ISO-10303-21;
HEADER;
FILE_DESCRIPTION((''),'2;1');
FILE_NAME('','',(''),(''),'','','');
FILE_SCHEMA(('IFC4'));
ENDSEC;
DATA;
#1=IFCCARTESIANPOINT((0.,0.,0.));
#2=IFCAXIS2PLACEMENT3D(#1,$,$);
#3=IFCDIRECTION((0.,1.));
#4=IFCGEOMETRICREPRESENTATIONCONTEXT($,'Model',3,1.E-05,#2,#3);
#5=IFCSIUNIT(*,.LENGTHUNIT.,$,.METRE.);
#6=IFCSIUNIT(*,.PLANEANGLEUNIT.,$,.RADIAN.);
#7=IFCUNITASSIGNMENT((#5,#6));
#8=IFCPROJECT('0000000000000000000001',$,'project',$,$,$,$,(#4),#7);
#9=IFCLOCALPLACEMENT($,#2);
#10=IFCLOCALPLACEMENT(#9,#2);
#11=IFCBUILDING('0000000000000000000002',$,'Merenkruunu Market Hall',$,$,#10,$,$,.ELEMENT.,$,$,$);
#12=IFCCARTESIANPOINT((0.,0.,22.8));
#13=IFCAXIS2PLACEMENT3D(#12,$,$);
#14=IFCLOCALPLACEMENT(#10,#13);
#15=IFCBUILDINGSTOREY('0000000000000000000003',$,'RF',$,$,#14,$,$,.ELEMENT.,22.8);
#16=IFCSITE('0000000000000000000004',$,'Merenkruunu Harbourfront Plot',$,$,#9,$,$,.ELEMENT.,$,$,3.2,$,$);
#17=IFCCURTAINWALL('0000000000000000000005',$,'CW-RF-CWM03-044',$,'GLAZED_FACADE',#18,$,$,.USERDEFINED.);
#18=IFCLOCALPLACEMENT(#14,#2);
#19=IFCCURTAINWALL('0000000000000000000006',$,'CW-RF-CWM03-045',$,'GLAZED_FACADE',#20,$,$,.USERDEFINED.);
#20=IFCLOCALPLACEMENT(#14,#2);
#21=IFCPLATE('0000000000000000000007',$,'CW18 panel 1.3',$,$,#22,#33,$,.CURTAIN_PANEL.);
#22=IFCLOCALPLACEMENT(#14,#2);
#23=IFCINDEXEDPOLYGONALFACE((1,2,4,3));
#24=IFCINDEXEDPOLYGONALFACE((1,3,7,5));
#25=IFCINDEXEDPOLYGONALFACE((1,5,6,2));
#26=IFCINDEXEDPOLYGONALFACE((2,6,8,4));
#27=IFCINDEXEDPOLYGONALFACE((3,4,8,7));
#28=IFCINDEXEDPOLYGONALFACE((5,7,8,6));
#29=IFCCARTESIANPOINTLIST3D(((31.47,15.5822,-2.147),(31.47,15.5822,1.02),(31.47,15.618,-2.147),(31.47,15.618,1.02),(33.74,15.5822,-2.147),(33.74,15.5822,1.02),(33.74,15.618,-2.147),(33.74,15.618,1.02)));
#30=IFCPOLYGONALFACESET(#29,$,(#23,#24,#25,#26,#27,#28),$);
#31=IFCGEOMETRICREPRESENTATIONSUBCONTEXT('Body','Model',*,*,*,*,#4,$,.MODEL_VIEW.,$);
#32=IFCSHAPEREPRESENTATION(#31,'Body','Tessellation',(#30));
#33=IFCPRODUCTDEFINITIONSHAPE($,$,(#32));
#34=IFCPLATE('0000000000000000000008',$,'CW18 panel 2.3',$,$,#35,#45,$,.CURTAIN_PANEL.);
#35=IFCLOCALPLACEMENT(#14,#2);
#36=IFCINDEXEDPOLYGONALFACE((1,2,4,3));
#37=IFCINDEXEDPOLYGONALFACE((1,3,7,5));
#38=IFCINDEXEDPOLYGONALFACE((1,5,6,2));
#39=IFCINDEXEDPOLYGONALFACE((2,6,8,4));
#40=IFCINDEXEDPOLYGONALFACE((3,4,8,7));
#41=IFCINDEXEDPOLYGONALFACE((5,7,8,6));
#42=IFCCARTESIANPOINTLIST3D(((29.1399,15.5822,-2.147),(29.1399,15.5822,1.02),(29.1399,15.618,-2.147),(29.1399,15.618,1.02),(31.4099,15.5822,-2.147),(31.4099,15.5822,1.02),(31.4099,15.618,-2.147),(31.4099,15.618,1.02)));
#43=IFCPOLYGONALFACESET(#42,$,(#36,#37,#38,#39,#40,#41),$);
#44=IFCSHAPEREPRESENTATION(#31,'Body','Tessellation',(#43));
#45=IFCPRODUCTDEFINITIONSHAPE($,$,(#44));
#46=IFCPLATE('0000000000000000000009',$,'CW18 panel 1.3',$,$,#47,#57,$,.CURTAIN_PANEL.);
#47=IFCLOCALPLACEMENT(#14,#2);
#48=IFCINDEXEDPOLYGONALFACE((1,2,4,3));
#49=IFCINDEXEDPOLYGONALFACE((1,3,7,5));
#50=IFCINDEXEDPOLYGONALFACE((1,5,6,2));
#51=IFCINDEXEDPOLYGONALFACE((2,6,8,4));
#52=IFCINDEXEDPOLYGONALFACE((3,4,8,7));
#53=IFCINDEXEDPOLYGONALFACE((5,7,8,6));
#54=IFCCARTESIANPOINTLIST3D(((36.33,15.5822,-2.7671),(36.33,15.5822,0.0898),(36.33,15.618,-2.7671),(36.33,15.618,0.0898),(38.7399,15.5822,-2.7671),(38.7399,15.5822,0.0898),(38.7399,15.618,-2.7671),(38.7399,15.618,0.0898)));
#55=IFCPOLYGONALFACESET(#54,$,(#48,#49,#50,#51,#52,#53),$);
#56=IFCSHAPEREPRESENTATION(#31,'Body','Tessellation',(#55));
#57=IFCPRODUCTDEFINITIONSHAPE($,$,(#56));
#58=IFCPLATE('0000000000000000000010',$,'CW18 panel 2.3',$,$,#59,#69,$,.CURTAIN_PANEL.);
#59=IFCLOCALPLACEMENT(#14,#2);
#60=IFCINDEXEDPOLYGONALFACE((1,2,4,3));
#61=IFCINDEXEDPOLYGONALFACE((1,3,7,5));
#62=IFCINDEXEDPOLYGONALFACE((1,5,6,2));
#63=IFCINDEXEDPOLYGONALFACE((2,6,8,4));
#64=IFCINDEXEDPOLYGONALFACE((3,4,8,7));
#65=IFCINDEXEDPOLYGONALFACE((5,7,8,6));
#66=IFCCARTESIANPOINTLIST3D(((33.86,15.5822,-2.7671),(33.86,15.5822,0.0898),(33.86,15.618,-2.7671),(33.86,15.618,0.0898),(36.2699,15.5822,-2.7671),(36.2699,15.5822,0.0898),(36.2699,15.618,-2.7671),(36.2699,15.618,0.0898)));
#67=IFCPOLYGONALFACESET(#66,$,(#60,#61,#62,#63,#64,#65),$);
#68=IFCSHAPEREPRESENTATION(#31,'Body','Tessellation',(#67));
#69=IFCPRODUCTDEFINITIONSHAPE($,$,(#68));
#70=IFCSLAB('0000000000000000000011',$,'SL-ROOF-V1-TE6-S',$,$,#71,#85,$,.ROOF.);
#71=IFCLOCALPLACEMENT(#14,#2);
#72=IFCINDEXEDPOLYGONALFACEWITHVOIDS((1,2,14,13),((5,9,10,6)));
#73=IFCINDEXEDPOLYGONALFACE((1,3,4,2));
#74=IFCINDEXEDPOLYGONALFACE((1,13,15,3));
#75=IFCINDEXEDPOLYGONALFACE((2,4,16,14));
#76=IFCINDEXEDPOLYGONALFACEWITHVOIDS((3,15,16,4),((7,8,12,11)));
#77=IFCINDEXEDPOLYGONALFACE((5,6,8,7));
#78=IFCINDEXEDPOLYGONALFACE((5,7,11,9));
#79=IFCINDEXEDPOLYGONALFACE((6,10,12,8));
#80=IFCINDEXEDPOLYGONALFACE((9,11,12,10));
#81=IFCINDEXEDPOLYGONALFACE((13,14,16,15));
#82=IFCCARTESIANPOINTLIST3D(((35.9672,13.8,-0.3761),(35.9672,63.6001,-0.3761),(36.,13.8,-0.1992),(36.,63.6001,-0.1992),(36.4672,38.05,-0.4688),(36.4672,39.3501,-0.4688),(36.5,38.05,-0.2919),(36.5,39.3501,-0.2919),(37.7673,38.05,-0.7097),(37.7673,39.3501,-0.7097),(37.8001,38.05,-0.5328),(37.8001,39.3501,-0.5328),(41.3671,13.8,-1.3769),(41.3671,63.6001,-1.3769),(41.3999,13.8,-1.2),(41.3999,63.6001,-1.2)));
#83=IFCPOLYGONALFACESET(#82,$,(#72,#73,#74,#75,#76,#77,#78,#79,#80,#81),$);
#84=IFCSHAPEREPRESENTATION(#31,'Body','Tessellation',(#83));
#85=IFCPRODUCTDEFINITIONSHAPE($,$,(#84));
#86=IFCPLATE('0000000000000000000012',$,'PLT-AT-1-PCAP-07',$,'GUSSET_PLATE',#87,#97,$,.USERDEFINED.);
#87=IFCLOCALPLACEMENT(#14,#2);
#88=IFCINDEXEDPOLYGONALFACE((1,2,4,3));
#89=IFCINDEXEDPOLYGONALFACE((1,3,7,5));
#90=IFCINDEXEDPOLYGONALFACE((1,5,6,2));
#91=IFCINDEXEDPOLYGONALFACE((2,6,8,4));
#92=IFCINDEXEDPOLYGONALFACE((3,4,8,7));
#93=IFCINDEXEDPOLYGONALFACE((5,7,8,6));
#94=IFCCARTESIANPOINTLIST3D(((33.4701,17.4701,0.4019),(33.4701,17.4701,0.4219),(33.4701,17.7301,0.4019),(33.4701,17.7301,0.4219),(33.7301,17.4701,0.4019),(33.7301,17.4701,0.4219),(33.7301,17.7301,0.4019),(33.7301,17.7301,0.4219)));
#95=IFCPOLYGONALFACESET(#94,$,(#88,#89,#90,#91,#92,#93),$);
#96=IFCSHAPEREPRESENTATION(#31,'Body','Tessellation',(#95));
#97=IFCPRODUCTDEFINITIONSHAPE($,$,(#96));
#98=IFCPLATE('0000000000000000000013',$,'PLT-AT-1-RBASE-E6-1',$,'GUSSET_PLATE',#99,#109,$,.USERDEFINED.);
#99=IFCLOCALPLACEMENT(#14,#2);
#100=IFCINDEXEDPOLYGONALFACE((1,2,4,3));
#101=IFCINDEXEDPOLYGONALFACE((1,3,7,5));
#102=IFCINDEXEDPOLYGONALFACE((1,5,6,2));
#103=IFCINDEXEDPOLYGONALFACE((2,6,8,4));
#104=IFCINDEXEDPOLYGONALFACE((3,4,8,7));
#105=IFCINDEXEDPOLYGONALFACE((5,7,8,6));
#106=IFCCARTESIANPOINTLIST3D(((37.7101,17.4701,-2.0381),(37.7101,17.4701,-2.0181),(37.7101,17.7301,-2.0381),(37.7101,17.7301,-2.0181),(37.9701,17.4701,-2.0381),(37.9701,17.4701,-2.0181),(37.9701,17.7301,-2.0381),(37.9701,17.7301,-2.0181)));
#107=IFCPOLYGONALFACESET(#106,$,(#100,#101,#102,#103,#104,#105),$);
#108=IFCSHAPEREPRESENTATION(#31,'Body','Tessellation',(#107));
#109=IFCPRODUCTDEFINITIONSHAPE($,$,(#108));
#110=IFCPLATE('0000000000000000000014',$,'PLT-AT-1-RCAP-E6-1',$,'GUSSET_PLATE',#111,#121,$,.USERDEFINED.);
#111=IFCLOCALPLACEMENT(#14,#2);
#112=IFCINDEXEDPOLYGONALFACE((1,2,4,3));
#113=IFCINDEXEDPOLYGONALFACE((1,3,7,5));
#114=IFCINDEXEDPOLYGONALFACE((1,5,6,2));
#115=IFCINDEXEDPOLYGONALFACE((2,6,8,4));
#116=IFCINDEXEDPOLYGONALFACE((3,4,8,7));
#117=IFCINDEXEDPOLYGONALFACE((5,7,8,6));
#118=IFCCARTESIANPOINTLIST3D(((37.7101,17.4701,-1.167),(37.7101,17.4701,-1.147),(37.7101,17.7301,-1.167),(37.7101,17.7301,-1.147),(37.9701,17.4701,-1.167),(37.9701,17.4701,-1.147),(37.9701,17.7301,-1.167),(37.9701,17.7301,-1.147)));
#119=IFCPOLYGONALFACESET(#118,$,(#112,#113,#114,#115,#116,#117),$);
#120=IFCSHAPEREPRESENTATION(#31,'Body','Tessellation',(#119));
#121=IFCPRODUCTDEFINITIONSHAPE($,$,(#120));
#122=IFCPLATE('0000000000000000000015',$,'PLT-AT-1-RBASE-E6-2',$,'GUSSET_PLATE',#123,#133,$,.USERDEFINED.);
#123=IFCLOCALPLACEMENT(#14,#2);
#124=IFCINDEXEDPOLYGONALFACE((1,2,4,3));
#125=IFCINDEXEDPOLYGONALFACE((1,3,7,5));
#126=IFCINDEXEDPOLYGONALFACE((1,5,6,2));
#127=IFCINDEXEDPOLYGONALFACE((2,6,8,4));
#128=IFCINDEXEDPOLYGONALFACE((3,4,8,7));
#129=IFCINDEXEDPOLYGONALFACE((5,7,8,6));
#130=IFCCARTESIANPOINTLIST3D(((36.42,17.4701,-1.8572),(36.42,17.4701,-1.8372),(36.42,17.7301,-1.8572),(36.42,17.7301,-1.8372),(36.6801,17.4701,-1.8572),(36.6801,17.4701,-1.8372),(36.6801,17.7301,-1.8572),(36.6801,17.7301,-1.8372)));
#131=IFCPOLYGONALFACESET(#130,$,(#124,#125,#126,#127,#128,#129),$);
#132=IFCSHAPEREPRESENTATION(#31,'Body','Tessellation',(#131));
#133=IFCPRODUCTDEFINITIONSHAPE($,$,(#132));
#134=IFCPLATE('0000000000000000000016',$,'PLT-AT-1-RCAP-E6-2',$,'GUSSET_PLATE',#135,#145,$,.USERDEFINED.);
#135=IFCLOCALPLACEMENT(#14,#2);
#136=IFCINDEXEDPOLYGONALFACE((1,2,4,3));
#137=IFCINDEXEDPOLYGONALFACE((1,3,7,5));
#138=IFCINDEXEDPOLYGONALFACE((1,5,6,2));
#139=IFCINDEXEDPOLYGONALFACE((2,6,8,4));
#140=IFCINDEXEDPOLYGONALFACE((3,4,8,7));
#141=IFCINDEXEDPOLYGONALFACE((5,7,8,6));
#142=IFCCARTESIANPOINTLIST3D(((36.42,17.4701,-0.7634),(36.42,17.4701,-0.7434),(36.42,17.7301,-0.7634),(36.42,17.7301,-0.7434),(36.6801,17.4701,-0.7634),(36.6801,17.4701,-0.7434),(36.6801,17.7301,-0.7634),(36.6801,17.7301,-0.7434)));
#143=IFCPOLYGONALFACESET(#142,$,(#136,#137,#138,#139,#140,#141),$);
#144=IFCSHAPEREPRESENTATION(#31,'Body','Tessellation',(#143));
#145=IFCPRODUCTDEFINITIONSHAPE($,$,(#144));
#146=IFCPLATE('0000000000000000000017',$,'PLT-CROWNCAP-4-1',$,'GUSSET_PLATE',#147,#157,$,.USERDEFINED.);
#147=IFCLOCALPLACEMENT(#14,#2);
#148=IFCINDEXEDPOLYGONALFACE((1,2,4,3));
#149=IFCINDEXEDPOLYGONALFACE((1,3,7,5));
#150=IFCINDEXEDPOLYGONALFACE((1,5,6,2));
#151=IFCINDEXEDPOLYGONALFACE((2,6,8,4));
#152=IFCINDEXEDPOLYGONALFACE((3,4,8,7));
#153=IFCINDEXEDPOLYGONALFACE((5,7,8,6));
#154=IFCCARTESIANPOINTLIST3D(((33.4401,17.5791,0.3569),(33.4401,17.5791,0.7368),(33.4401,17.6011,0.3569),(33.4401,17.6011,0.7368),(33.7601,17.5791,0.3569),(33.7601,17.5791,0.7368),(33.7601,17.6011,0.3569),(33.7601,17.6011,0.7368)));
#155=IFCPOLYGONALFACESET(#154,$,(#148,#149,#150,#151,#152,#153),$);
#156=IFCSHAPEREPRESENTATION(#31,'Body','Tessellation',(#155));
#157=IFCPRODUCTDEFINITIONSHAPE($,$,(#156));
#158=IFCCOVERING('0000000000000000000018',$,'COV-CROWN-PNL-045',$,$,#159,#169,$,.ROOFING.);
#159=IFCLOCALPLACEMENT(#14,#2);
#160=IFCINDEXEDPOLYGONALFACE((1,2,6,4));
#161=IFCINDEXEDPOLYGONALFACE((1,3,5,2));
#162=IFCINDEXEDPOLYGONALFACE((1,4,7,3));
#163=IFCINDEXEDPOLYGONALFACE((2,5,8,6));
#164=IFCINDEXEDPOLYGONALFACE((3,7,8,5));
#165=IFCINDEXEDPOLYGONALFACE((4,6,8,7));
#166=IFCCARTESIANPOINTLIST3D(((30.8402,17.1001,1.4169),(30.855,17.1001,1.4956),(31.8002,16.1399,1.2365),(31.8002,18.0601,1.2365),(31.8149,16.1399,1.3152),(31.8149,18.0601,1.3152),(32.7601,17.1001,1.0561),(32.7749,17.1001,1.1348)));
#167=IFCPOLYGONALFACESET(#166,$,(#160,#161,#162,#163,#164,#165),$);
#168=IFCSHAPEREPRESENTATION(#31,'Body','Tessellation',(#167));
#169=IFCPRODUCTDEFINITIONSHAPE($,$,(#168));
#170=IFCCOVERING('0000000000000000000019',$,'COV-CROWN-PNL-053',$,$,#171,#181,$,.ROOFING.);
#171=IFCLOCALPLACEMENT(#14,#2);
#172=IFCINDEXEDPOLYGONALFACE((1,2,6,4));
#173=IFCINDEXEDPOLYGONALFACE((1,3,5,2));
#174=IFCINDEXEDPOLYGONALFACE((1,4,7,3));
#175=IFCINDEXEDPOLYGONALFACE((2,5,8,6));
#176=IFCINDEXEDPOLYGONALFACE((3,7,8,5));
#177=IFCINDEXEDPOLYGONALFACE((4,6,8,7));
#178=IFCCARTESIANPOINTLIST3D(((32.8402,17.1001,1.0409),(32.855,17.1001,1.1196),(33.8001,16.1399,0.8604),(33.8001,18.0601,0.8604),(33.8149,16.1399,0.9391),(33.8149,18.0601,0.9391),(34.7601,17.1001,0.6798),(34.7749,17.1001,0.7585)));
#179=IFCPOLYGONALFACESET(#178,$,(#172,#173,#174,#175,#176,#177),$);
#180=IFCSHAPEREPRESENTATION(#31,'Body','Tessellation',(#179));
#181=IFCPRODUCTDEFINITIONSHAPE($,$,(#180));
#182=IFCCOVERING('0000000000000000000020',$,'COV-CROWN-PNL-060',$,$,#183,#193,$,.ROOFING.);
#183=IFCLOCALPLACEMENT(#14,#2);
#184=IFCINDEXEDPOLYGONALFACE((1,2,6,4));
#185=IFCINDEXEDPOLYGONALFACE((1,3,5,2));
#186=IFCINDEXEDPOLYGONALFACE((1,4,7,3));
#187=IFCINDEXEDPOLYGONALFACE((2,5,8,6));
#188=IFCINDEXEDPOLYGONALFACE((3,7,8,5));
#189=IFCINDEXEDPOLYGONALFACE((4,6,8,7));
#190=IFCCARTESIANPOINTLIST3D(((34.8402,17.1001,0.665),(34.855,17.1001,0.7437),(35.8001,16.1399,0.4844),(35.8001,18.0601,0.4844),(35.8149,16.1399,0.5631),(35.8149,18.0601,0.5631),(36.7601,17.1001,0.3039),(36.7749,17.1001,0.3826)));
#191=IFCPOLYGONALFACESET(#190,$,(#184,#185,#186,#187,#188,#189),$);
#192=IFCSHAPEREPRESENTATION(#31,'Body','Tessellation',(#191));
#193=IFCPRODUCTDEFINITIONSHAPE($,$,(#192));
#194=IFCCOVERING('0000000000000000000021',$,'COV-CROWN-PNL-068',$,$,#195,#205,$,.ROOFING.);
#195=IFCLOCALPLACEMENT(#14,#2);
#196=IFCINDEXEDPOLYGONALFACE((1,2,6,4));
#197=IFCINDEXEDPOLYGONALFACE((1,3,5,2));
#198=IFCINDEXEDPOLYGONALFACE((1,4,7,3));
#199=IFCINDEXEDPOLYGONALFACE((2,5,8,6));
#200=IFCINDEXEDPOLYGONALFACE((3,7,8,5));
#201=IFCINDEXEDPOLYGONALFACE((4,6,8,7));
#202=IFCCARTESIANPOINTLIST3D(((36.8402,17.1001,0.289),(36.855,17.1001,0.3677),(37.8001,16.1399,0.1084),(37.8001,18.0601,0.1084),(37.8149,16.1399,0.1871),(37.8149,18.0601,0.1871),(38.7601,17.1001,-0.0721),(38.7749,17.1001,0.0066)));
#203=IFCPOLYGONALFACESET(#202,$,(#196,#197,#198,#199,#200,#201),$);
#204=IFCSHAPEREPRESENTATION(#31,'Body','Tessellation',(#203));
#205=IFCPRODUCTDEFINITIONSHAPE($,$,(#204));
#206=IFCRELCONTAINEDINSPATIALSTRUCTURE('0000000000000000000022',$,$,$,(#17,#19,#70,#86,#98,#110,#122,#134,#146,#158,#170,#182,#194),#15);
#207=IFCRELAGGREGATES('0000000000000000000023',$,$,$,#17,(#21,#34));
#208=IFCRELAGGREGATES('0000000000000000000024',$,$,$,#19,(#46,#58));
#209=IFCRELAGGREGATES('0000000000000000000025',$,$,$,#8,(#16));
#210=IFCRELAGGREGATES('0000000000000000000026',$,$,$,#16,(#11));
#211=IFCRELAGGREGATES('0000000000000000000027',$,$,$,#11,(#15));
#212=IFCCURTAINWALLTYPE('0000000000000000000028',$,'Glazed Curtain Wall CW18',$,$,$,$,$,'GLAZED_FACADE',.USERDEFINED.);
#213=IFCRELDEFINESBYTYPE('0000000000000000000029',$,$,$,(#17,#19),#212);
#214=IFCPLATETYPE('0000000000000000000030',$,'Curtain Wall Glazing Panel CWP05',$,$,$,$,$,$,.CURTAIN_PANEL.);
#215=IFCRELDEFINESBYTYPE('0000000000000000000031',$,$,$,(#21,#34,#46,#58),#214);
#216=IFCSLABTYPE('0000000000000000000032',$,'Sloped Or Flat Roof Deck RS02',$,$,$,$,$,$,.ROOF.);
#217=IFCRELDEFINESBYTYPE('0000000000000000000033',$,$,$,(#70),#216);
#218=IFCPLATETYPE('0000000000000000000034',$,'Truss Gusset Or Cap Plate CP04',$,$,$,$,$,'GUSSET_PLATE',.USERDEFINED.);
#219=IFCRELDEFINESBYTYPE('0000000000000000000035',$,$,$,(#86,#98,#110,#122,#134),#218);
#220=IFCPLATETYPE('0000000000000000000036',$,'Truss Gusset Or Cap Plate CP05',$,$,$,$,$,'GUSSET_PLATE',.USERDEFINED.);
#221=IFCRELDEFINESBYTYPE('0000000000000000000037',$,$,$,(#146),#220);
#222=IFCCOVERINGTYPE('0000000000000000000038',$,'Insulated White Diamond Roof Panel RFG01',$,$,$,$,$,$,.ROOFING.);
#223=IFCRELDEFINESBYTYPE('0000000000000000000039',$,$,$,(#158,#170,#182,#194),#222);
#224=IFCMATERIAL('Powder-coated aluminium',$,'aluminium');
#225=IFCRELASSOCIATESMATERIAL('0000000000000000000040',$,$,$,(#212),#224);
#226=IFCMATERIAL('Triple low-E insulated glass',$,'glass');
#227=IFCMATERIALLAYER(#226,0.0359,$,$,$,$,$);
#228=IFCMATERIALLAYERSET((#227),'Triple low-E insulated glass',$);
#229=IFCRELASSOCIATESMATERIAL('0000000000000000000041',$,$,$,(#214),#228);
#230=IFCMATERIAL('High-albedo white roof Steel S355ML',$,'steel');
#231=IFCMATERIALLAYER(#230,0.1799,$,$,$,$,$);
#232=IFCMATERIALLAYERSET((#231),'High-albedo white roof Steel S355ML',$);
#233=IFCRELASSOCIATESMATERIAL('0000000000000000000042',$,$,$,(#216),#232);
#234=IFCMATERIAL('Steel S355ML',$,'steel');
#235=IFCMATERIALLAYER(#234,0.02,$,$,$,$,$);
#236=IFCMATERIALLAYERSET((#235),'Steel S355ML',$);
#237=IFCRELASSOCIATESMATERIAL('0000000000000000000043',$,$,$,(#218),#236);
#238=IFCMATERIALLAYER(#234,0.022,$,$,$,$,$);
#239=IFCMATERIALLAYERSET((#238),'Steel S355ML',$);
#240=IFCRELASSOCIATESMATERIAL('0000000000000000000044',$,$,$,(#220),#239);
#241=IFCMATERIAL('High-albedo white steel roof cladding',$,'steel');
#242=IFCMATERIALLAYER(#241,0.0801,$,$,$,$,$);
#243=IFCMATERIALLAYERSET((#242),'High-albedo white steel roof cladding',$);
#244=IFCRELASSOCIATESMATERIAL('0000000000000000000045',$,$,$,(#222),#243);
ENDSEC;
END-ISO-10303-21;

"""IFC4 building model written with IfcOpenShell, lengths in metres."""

from ifc_helpers import new_model, si_unit, direction, frame, origin, origin_2d, place, context, subcontext, project, spatial, polyline, rectangle, outline, extrude, material, layer, layer_set, type_object, element, aggregate, save


model = new_model("IFC4")

# Units and contexts
model_context = context("Model", 3, precision=1e-05, world=origin(), true_north=direction((0.0, 1.0)))
body_context = subcontext(model_context, "Body", "Model", "MODEL_VIEW")
ifc_project = project(units=[si_unit("LENGTHUNIT", "METRE"), si_unit("PLANEANGLEUNIT", "RADIAN")], contexts=[model_context])

# Site, building, storey
site_placement = place(None, origin())
site = spatial("IfcSite", under=ifc_project, at=site_placement, Name="Merenkruunu Harbourfront Plot", CompositionType="ELEMENT", RefElevation=3.2)
building_placement = place(site_placement, origin())
building = spatial("IfcBuilding", under=site, at=building_placement, Name="Merenkruunu Market Hall", CompositionType="ELEMENT")
storey_placement = place(building_placement, frame((0.0, 0.0, 22.8)))
storey = spatial("IfcBuildingStorey", under=building, at=storey_placement, Name="RF", CompositionType="ELEMENT", Elevation=22.8)

# Shared definitions
ifc_material_1 = material(Name="Steel S355ML", Category="steel")

# Curtain wall
ifc_material_2 = material(Name="Powder-coated aluminium", Category="aluminium")
curtain_wall_type = type_object("IfcCurtainWallType", Name="Glazed Curtain Wall CW18", ElementType="GLAZED_FACADE", PredefinedType="USERDEFINED", material=ifc_material_2)
curtain_wall_1_placement = place(storey_placement, origin())
curtain_wall_1 = element("IfcCurtainWall", 1, at=curtain_wall_1_placement, inside=storey, type_object=curtain_wall_type, Name="CW-RF-CWM03-044", ObjectType="GLAZED_FACADE", PredefinedType="USERDEFINED")

# Curtain wall
curtain_wall_2_placement = place(storey_placement, origin())
curtain_wall_2 = element("IfcCurtainWall", 2, at=curtain_wall_2_placement, inside=storey, type_object=curtain_wall_type, Name="CW-RF-CWM03-045", ObjectType="GLAZED_FACADE", PredefinedType="USERDEFINED")

# Plates
ifc_material_3 = material(Name="Triple low-E insulated glass", Category="glass")
ifc_layer_1 = layer(ifc_material_3, 0.0359)
ifc_layer_set_1 = layer_set([ifc_layer_1], Name="Triple low-E insulated glass")
plate_type_1 = type_object("IfcPlateType", Name="Curtain Wall Glazing Panel CWP05", PredefinedType="CURTAIN_PANEL", material=ifc_layer_set_1)
plate_1_placement = place(storey_placement, frame((32.605, 15.6001, -2.147), z_axis=(0.0, 0.0, 1.0), x_axis=(-1.0, 0.0, 0.0)))
plate_1 = element("IfcPlate", 3, at=plate_1_placement, type_object=plate_type_1, Name="CW18 panel 1.3", PredefinedType="CURTAIN_PANEL", context=body_context, shape_type="SweptSolid", body=[
    extrude(rectangle(XDim=2.27, YDim=0.0359, at=origin_2d()), origin(), (0.0, 0.0, 1.0), 3.167),
])
plate_2_placement = place(storey_placement, frame((30.2749, 15.6001, -2.147), z_axis=(0.0, 0.0, 1.0), x_axis=(-1.0, 0.0, 0.0)))
plate_2 = element("IfcPlate", 4, at=plate_2_placement, type_object=plate_type_1, Name="CW18 panel 2.3", PredefinedType="CURTAIN_PANEL", context=body_context, shape_type="SweptSolid", body=[
    extrude(rectangle(XDim=2.27, YDim=0.0359, at=origin_2d()), origin(), (0.0, 0.0, 1.0), 3.167),
])
aggregate(curtain_wall_1, [plate_1, plate_2])
plate_3_placement = place(storey_placement, frame((37.5349, 15.6001, -2.7671), z_axis=(0.0, 0.0, 1.0), x_axis=(-1.0, 0.0, 0.0)))
plate_3 = element("IfcPlate", 5, at=plate_3_placement, type_object=plate_type_1, Name="CW18 panel 1.3", PredefinedType="CURTAIN_PANEL", context=body_context, shape_type="SweptSolid", body=[
    extrude(rectangle(XDim=2.4099, YDim=0.0359, at=origin_2d()), origin(), (0.0, 0.0, 1.0), 2.8569),
])
plate_4_placement = place(storey_placement, frame((35.0649, 15.6001, -2.7671), z_axis=(0.0, 0.0, 1.0), x_axis=(-1.0, 0.0, 0.0)))
plate_4 = element("IfcPlate", 6, at=plate_4_placement, type_object=plate_type_1, Name="CW18 panel 2.3", PredefinedType="CURTAIN_PANEL", context=body_context, shape_type="SweptSolid", body=[
    extrude(rectangle(XDim=2.4099, YDim=0.0359, at=origin_2d()), origin(), (0.0, 0.0, 1.0), 2.8569),
])
aggregate(curtain_wall_2, [plate_3, plate_4])

# Slab
ifc_material_4 = material(Name="High-albedo white roof Steel S355ML", Category="steel")
ifc_layer_2 = layer(ifc_material_4, 0.1799)
ifc_layer_set_2 = layer_set([ifc_layer_2], Name="High-albedo white roof Steel S355ML")
slab_type = type_object("IfcSlabType", Name="Sloped Or Flat Roof Deck RS02", PredefinedType="ROOF", material=ifc_layer_set_2)
slab_placement = place(storey_placement, frame((36.0, 13.8, -0.1992), z_axis=(0.182221, 0.0, 0.983258), x_axis=(0.983258, 0.0, -0.182221)))
element("IfcSlab", 7, at=slab_placement, inside=storey, type_object=slab_type, Name="SL-ROOF-V1-TE6-S", PredefinedType="ROOF", context=body_context, shape_type="SweptSolid", body=[
    extrude(outline(polyline([(0.0, 0.0), (5.4918, 0.0), (5.4918, 49.8), (0.0, 49.8), (0.0, 0.0)]), holes=[polyline([(0.5085, 24.25), (1.8307, 24.25), (1.8307, 25.55), (0.5085, 25.55), (0.5085, 24.25)])]), origin(), (0.0, 0.0, -1.0), 0.1799),
])

# Plates
ifc_layer_3 = layer(ifc_material_1, 0.02)
ifc_layer_set_3 = layer_set([ifc_layer_3], Name="Steel S355ML")
plate_type_2 = type_object("IfcPlateType", Name="Truss Gusset Or Cap Plate CP04", ElementType="GUSSET_PLATE", PredefinedType="USERDEFINED", material=ifc_layer_set_3)
for number, where, z_axis, x_axis, name in (
    (8, (33.6001, 17.6001, 0.4019), (0.0, 0.0, 1.0), (1.0, 0.0, 0.0), "PLT-AT-1-PCAP-07"),
    (9, (37.8401, 17.6001, -2.0381), (0.0, 0.0, 1.0), (1.0, 0.0, 0.0), "PLT-AT-1-RBASE-E6-1"),
    (10, (37.8401, 17.6001, -1.167), (0.0, 0.0, 1.0), (1.0, 0.0, 0.0), "PLT-AT-1-RCAP-E6-1"),
    (11, (36.55, 17.6001, -1.8572), (0.0, 0.0, 1.0), (1.0, 0.0, 0.0), "PLT-AT-1-RBASE-E6-2"),
    (12, (36.55, 17.6001, -0.7634), (0.0, 0.0, 1.0), (1.0, 0.0, 0.0), "PLT-AT-1-RCAP-E6-2"),
):
    element("IfcPlate", number, at=place(storey_placement, frame(where, z_axis=z_axis, x_axis=x_axis)), inside=storey, type_object=plate_type_2, Name=name, ObjectType="GUSSET_PLATE", PredefinedType="USERDEFINED", context=body_context, shape_type="SweptSolid", body=[
        extrude(rectangle(XDim=0.26, YDim=0.26, at=origin_2d()), origin(), (0.0, 0.0, 1.0), 0.02),
    ])
ifc_layer_4 = layer(ifc_material_1, 0.022)
ifc_layer_set_4 = layer_set([ifc_layer_4], Name="Steel S355ML")
plate_type_3 = type_object("IfcPlateType", Name="Truss Gusset Or Cap Plate CP05", ElementType="GUSSET_PLATE", PredefinedType="USERDEFINED", material=ifc_layer_set_4)
plate_5_placement = place(storey_placement, frame((33.6001, 17.5901, 0.3569), z_axis=(0.0, 0.0, 1.0), x_axis=(1.0, 0.0, 0.0)))
element("IfcPlate", 13, at=plate_5_placement, inside=storey, type_object=plate_type_3, Name="PLT-CROWNCAP-4-1", ObjectType="GUSSET_PLATE", PredefinedType="USERDEFINED", context=body_context, shape_type="SweptSolid", body=[
    extrude(rectangle(XDim=0.3201, YDim=0.022, at=origin_2d()), origin(), (0.0, 0.0, 1.0), 0.3799),
])

# Coverings
ifc_material_5 = material(Name="High-albedo white steel roof cladding", Category="steel")
ifc_layer_5 = layer(ifc_material_5, 0.0801)
ifc_layer_set_5 = layer_set([ifc_layer_5], Name="High-albedo white steel roof cladding")
covering_type_1 = type_object("IfcCoveringType", Name="Insulated White Diamond Roof Panel RFG01", PredefinedType="ROOFING", material=ifc_layer_set_5)
covering_1_placement = place(storey_placement, frame((30.855, 17.1001, 1.4956), z_axis=(0.184711, 0.0, 0.982793), x_axis=(0.700856, -0.701035, -0.131722)))
element("IfcCovering", 14, at=covering_1_placement, inside=storey, type_object=covering_type_1, Name="COV-CROWN-PNL-045", PredefinedType="ROOFING", context=body_context, shape_type="SweptSolid", body=[
    extrude(outline(polyline([(0.0, 0.0), (1.3697, 0.0), (1.3931, 1.3695), (0.0236, 1.3693), (0.0, 0.0)])), origin(), (0.0, 0.0, -1.0), 0.0801),
])
for number, where, z_axis, x_axis, name in (
    (15, (32.855, 17.1001, 1.1196), (0.184832, 0.0, 0.98277), (0.70084, -0.701035, -0.131809), "COV-CROWN-PNL-053"),
    (16, (34.855, 17.1001, 0.7437), (0.184832, 0.0, 0.98277), (0.70084, -0.701035, -0.131809), "COV-CROWN-PNL-060"),
    (17, (36.855, 17.1001, 0.3677), (0.184832, 0.0, 0.98277), (0.70084, -0.701035, -0.131809), "COV-CROWN-PNL-068"),
):
    element("IfcCovering", number, at=place(storey_placement, frame(where, z_axis=z_axis, x_axis=x_axis)), inside=storey, type_object=covering_type_1, Name=name, PredefinedType="ROOFING", context=body_context, shape_type="SweptSolid", body=[
        extrude(outline(polyline([(0.0, 0.0), (1.3697, 0.0), (1.3932, 1.3695), (0.0236, 1.3693), (0.0, 0.0)])), origin(), (0.0, 0.0, -1.0), 0.0801),
    ])

save(model, "model.ifc")
